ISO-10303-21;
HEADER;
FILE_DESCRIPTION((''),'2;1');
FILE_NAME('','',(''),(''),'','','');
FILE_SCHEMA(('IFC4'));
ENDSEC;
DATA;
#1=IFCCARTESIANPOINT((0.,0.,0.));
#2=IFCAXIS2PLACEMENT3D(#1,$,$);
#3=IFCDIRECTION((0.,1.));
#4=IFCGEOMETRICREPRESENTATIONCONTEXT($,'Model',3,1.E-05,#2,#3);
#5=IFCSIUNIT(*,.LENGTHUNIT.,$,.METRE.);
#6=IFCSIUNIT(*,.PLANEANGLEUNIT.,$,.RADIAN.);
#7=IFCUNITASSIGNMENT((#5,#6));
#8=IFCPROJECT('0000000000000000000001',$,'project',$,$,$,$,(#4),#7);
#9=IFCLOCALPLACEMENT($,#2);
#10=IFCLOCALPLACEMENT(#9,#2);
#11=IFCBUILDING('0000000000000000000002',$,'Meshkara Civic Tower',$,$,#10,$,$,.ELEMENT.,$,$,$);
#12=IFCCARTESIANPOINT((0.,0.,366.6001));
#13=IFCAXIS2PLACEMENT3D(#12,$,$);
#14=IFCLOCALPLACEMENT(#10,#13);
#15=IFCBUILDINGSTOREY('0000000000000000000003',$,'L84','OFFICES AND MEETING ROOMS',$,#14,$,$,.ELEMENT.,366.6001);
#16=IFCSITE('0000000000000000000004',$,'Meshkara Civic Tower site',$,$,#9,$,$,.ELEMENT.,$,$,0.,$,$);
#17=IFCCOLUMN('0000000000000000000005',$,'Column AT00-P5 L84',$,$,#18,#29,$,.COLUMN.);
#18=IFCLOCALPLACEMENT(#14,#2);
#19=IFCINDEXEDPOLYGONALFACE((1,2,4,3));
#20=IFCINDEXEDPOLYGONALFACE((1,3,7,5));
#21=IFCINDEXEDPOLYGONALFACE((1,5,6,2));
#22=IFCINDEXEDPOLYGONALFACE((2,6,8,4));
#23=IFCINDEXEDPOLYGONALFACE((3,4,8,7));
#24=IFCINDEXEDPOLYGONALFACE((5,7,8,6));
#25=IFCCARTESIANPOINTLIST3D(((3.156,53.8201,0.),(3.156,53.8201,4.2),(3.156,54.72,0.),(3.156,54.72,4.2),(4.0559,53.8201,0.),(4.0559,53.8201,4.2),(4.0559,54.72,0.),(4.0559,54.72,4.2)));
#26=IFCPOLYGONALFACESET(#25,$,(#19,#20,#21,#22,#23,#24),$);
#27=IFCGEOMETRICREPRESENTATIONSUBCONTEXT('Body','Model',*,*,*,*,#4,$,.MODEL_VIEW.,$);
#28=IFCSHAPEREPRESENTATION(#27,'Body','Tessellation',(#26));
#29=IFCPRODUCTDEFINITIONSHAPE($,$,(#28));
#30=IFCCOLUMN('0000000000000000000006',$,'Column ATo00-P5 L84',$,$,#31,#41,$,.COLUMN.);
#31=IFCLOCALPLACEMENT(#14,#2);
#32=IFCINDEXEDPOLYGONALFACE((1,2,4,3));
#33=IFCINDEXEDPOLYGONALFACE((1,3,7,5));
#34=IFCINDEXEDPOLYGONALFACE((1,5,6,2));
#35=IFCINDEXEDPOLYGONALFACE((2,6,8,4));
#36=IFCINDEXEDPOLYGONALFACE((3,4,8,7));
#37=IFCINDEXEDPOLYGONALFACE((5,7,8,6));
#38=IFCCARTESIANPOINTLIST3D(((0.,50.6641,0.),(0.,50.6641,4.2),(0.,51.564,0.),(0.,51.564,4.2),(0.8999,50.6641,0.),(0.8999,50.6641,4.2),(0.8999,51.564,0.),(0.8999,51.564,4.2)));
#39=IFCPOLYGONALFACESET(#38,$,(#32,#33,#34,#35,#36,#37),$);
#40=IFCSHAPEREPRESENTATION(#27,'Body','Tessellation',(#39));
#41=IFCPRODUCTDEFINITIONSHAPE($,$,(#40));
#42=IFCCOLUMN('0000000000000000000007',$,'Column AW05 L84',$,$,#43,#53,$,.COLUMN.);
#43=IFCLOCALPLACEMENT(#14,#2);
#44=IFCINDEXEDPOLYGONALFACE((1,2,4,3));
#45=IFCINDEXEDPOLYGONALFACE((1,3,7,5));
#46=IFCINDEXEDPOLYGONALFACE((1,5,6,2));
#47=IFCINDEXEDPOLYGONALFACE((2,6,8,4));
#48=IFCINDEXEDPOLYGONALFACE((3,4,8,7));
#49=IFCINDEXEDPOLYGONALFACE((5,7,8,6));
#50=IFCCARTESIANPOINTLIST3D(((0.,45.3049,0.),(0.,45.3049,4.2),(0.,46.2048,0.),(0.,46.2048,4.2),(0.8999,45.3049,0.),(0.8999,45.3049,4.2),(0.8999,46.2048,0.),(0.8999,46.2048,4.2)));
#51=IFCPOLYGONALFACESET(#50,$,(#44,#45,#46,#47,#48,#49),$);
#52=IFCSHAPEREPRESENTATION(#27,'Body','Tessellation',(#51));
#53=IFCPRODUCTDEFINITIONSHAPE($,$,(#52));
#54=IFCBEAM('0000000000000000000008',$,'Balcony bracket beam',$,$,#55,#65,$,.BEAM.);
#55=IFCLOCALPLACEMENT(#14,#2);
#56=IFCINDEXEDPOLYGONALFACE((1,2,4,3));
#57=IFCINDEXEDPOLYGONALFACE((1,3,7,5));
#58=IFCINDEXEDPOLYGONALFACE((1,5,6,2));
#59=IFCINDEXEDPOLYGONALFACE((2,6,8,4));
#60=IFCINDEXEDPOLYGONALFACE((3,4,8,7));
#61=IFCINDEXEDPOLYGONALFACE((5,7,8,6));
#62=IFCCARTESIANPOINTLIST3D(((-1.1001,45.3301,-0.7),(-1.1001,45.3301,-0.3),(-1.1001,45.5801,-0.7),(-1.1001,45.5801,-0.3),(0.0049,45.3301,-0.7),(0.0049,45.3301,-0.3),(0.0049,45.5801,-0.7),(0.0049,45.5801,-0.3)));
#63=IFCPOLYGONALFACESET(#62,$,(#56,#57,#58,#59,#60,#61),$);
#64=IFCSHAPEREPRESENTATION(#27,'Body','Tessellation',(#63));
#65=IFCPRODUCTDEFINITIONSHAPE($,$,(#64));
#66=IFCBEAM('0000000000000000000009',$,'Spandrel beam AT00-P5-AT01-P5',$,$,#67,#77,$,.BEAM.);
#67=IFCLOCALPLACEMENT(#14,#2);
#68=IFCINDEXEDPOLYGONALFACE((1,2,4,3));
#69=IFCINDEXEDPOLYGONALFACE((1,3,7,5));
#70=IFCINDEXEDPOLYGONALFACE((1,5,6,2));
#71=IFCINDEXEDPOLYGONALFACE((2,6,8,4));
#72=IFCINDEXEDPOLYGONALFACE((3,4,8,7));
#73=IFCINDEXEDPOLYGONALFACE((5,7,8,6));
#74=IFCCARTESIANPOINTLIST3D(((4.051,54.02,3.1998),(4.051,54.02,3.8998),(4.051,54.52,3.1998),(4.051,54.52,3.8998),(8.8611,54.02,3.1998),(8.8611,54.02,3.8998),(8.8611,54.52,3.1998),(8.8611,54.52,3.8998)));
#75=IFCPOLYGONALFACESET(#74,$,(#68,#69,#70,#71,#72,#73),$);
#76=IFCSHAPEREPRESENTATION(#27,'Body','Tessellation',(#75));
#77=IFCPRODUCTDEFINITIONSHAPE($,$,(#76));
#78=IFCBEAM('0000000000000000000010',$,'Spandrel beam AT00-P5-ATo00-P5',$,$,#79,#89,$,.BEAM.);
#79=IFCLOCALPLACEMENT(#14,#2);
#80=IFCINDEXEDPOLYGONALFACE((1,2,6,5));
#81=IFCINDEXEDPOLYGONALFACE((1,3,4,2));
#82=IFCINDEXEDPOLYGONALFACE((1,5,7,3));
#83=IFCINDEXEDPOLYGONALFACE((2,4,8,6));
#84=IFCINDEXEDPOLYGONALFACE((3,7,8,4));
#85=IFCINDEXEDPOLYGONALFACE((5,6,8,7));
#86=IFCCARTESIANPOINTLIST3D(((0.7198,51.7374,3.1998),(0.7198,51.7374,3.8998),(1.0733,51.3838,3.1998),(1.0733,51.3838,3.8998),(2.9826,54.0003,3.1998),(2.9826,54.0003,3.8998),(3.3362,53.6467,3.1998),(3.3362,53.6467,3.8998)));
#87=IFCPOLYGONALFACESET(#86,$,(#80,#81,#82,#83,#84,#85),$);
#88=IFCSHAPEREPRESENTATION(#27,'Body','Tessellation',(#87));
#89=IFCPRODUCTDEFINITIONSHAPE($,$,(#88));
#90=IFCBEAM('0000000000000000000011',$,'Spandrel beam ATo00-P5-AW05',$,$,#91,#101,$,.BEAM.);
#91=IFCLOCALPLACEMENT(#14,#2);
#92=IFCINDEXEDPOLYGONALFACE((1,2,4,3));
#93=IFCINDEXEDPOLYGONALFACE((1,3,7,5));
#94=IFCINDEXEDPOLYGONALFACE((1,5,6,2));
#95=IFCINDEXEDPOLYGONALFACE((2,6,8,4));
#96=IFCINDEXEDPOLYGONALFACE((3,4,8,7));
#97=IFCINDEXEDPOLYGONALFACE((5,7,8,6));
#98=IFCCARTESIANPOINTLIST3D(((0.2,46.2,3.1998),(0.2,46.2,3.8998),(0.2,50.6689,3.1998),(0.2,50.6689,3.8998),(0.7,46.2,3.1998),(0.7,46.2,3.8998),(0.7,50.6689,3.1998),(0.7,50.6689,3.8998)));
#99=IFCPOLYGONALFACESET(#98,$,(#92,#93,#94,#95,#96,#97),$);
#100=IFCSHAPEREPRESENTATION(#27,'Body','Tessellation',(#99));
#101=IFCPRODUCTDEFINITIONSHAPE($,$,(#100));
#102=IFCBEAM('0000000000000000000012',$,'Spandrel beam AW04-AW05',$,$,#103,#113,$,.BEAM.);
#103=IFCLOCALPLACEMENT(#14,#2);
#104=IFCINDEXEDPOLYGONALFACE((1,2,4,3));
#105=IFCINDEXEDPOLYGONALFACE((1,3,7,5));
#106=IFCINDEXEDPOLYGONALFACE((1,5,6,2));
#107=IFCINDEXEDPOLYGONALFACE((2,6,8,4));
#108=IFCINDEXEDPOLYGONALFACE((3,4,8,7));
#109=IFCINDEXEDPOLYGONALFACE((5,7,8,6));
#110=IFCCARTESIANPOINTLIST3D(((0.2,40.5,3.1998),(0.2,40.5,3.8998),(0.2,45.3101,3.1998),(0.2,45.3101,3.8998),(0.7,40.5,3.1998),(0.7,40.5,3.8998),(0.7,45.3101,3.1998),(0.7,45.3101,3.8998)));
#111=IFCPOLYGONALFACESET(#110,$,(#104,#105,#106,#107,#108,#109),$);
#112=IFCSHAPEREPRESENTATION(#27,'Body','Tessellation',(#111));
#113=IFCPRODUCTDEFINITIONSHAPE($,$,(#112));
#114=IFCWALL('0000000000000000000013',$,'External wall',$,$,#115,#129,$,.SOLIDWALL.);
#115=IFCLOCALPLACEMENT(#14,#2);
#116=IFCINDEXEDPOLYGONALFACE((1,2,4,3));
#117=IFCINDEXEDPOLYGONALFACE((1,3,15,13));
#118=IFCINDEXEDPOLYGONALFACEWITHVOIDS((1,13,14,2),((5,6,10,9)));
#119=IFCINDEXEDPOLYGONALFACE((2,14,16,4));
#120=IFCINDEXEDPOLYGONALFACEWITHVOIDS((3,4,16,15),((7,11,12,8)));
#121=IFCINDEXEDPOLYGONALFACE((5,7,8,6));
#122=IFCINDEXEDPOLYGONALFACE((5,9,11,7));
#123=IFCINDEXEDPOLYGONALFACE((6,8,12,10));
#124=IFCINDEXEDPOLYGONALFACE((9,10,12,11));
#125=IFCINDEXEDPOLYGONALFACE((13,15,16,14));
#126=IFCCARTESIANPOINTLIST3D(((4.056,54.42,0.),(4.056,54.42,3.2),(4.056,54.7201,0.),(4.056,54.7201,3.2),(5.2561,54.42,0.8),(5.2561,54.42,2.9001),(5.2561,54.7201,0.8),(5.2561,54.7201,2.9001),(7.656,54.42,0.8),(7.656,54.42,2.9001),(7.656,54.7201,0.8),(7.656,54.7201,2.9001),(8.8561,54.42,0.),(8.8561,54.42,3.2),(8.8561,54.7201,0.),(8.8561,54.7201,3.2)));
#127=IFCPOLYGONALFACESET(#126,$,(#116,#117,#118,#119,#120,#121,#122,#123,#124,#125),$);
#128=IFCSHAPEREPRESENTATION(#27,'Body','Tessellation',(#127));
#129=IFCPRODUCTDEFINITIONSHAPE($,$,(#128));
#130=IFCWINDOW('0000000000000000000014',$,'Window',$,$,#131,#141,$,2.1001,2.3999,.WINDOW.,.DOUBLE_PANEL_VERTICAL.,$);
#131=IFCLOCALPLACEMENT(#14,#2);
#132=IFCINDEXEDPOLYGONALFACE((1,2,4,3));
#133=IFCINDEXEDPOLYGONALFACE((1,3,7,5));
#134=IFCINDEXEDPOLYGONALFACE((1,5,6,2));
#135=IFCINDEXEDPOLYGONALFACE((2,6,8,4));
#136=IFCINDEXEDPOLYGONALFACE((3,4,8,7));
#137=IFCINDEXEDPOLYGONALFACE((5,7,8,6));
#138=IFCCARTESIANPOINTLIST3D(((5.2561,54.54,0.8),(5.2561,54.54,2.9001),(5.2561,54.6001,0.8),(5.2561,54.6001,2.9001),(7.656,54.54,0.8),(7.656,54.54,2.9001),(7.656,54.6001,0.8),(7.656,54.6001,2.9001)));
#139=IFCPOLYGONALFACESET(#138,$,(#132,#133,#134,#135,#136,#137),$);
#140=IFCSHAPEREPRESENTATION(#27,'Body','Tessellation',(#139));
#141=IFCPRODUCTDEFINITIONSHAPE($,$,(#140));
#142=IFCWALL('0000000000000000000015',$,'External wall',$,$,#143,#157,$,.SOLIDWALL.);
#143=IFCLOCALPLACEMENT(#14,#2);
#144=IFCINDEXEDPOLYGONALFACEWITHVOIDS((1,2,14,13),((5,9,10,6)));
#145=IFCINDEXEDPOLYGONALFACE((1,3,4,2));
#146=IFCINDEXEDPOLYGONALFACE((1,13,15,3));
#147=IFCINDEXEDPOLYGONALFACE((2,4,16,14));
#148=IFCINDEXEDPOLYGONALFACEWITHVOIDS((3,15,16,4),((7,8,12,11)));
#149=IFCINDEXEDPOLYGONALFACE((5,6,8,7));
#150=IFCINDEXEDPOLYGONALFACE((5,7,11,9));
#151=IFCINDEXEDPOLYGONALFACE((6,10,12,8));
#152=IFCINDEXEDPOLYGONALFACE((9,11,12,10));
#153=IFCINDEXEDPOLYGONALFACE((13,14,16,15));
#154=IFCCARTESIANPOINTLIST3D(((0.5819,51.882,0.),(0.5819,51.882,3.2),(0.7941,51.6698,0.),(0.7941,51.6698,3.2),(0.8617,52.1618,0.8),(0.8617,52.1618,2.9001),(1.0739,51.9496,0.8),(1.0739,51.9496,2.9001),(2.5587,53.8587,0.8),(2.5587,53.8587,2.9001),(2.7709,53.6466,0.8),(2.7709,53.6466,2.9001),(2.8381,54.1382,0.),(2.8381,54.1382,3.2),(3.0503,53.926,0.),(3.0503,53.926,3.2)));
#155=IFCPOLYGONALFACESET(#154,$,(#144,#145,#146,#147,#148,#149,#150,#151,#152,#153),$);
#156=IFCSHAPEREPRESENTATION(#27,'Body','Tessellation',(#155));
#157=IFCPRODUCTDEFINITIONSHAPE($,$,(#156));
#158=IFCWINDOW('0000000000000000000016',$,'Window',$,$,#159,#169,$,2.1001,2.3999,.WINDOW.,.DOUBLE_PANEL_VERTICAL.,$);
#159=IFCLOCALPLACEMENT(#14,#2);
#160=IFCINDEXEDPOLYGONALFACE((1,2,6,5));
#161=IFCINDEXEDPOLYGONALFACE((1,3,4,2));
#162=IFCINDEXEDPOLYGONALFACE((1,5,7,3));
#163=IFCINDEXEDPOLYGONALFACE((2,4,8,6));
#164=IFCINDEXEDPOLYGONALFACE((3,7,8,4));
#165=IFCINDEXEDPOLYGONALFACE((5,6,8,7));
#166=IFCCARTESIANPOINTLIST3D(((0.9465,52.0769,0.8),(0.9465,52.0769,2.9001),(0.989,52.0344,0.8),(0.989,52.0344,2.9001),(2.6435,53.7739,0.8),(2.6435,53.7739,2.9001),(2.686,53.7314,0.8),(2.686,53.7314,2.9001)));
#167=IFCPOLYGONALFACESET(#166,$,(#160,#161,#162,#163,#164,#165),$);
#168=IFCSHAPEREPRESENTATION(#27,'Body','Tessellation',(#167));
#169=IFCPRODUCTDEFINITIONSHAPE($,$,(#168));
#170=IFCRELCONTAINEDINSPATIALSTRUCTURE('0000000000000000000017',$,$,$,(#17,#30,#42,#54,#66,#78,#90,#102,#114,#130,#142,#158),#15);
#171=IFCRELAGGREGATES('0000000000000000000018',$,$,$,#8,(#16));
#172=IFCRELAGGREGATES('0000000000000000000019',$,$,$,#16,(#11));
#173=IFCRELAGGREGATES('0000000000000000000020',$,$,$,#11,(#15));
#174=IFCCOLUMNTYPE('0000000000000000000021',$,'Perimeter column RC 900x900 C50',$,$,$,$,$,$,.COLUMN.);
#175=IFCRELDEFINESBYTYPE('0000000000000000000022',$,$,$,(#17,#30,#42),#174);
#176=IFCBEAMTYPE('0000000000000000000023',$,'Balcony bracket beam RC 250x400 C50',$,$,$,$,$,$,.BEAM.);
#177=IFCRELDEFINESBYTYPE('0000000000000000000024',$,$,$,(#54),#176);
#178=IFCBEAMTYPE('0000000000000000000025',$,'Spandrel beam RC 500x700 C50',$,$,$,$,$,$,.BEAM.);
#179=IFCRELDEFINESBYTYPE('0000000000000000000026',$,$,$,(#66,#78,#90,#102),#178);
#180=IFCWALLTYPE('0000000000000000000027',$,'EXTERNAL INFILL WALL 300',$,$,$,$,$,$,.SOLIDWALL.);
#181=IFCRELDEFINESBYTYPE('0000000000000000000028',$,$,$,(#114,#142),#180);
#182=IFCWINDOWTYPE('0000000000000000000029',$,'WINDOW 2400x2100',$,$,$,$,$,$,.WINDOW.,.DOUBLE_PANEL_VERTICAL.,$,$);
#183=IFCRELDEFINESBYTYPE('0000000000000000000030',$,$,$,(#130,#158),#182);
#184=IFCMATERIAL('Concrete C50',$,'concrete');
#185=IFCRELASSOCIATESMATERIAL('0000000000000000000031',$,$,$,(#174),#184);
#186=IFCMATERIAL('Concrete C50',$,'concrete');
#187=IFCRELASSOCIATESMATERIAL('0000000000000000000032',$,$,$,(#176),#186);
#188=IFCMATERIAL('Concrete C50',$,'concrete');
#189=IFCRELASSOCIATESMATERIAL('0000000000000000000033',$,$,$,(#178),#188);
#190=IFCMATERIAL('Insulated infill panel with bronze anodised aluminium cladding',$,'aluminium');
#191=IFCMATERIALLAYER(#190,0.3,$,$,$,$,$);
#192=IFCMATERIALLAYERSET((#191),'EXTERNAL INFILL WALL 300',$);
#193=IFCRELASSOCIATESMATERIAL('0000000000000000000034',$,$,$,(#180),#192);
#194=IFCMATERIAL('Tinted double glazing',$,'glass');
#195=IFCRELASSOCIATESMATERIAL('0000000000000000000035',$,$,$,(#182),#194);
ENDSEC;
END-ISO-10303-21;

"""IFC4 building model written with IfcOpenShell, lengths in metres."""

from ifc_helpers import new_model, si_unit, direction, frame, frame_2d, origin, origin_2d, place, context, subcontext, project, spatial, rectangle, extrude, material, layer, layer_set, material_profile, profile_set, type_object, element, fill, save


model = new_model("IFC4")

# Units and contexts
model_context = context("Model", 3, precision=1e-05, world=origin(), true_north=direction((0.0, 1.0)))
body_context = subcontext(model_context, "Body", "Model", "MODEL_VIEW")
ifc_project = project(units=[si_unit("LENGTHUNIT", "METRE"), si_unit("PLANEANGLEUNIT", "RADIAN")], contexts=[model_context])

# Site, building, storey
site_placement = place(None, origin())
site = spatial("IfcSite", under=ifc_project, at=site_placement, Name="Meshkara Civic Tower site", CompositionType="ELEMENT", RefElevation=0.0)
building_placement = place(site_placement, origin())
building = spatial("IfcBuilding", under=site, at=building_placement, Name="Meshkara Civic Tower", CompositionType="ELEMENT")
storey_placement = place(building_placement, frame((0.0, 0.0, 366.6001)))
storey = spatial("IfcBuildingStorey", under=building, at=storey_placement, Name="L84", Description="OFFICES AND MEETING ROOMS", CompositionType="ELEMENT", Elevation=366.6001)

# Columns
ifc_material_1 = material(Name="Concrete C50", Category="concrete")
ifc_material_profile_1 = material_profile(ifc_material_1, rectangle(XDim=0.8999, YDim=0.8999, at=origin_2d()))
ifc_profile_set_1 = profile_set([ifc_material_profile_1], Name="Concrete C50")
column_type = type_object("IfcColumnType", Name="Perimeter column RC 900x900 C50", PredefinedType="COLUMN", material=ifc_profile_set_1)
for number, where, z_axis, x_axis, name in (
    (1, (3.606, 54.27, 0.0), (0.0, 0.0, 1.0), (1.0, 0.0, 0.0), "Column AT00-P5 L84"),
    (2, (0.45, 51.114, 0.0), (0.0, 0.0, 1.0), (1.0, 0.0, 0.0), "Column ATo00-P5 L84"),
    (3, (0.45, 45.7549, 0.0), (0.0, 0.0, 1.0), (1.0, 0.0, 0.0), "Column AW05 L84"),
):
    element("IfcColumn", number, at=place(storey_placement, frame(where, z_axis=z_axis, x_axis=x_axis)), inside=storey, type_object=column_type, Name=name, PredefinedType="COLUMN", context=body_context, shape_type="SweptSolid", body=[
        extrude(rectangle(XDim=0.8999, YDim=0.8999, at=origin_2d()), origin(), (0.0, 0.0, 1.0), 4.2),
    ])

# Beams
ifc_material_2 = material(Name="Concrete C50", Category="concrete")
ifc_material_profile_2 = material_profile(ifc_material_2, rectangle(XDim=0.25, YDim=0.3999, at=origin_2d()))
ifc_profile_set_2 = profile_set([ifc_material_profile_2], Name="Concrete C50")
beam_type_1 = type_object("IfcBeamType", Name="Balcony bracket beam RC 250x400 C50", PredefinedType="BEAM", material=ifc_profile_set_2)
beam_1_placement = place(storey_placement, frame((0.0049, 45.4551, -0.5), z_axis=(-1.0, 0.0, 0.0), x_axis=(0.0, -1.0, 0.0)))
element("IfcBeam", 4, at=beam_1_placement, inside=storey, type_object=beam_type_1, Name="Balcony bracket beam", PredefinedType="BEAM", context=body_context, shape_type="SweptSolid", body=[
    extrude(rectangle(XDim=0.25, YDim=0.3999, at=origin_2d()), origin(), (0.0, 0.0, 1.0), 1.105),
])
ifc_material_3 = material(Name="Concrete C50", Category="concrete")
ifc_material_profile_3 = material_profile(ifc_material_3, rectangle(XDim=0.5, YDim=0.7, at=origin_2d()))
ifc_profile_set_3 = profile_set([ifc_material_profile_3], Name="Concrete C50")
beam_type_2 = type_object("IfcBeamType", Name="Spandrel beam RC 500x700 C50", PredefinedType="BEAM", material=ifc_profile_set_3)
beam_2_placement = place(storey_placement, frame((8.8611, 54.27, 3.5498), z_axis=(-1.0, 0.0, 0.0), x_axis=(0.0, -1.0, 0.0)))
element("IfcBeam", 5, at=beam_2_placement, inside=storey, type_object=beam_type_2, Name="Spandrel beam AT00-P5-AT01-P5", PredefinedType="BEAM", context=body_context, shape_type="SweptSolid", body=[
    extrude(rectangle(XDim=0.5, YDim=0.7, at=origin_2d()), origin(), (0.0, 0.0, 1.0), 4.8101),
])
beam_3_placement = place(storey_placement, frame((3.1594, 53.8235, 3.5498), z_axis=(-0.707107, -0.707107, 0.0), x_axis=(0.707107, -0.707107, 0.0)))
element("IfcBeam", 6, at=beam_3_placement, inside=storey, type_object=beam_type_2, Name="Spandrel beam AT00-P5-ATo00-P5", PredefinedType="BEAM", context=body_context, shape_type="SweptSolid", body=[
    extrude(rectangle(XDim=0.5, YDim=0.7, at=origin_2d()), origin(), (0.0, 0.0, 1.0), 3.2002),
])
beam_4_placement = place(storey_placement, frame((0.45, 50.6689, 3.5498), z_axis=(0.0, -1.0, 0.0), x_axis=(1.0, 0.0, 0.0)))
element("IfcBeam", 7, at=beam_4_placement, inside=storey, type_object=beam_type_2, Name="Spandrel beam ATo00-P5-AW05", PredefinedType="BEAM", context=body_context, shape_type="SweptSolid", body=[
    extrude(rectangle(XDim=0.5, YDim=0.7, at=origin_2d()), origin(), (0.0, 0.0, 1.0), 4.469),
])
beam_5_placement = place(storey_placement, frame((0.45, 45.3101, 3.5498), z_axis=(0.0, -1.0, 0.0), x_axis=(1.0, 0.0, 0.0)))
element("IfcBeam", 8, at=beam_5_placement, inside=storey, type_object=beam_type_2, Name="Spandrel beam AW04-AW05", PredefinedType="BEAM", context=body_context, shape_type="SweptSolid", body=[
    extrude(rectangle(XDim=0.5, YDim=0.7, at=origin_2d()), origin(), (0.0, 0.0, 1.0), 4.8101),
])

# Walls, openings, windows
ifc_material_4 = material(Name="Insulated infill panel with bronze anodised aluminium cladding", Category="aluminium")
ifc_layer_1 = layer(ifc_material_4, 0.3)
ifc_layer_set_1 = layer_set([ifc_layer_1], Name="EXTERNAL INFILL WALL 300")
wall_type_1 = type_object("IfcWallType", Name="EXTERNAL INFILL WALL 300", PredefinedType="SOLIDWALL", material=ifc_layer_set_1)
wall_1_placement = place(storey_placement, frame((8.856, 54.5701, 0.0), z_axis=(0.0, 0.0, 1.0), x_axis=(-1.0, 0.0, 0.0)))
wall_1 = element("IfcWall", 9, at=wall_1_placement, inside=storey, type_object=wall_type_1, Name="External wall", PredefinedType="SOLIDWALL", context=body_context, shape_type="SweptSolid", body=[
    extrude(rectangle(XDim=4.8, YDim=0.3, at=frame_2d((2.3999, 0.0))), origin(), (0.0, 0.0, 1.0), 3.2),
])
opening_1_placement = place(wall_1_placement, frame((1.2, 0.0, 0.8)))
opening_1 = element("IfcOpeningElement", 10, at=opening_1_placement, cuts=wall_1, PredefinedType="OPENING", context=body_context, shape_type="SweptSolid", body=[
    extrude(rectangle(XDim=2.3999, YDim=2.1001, at=frame_2d((1.2, 1.05))), frame((0.0, 0.1599, 0.0), z_axis=(0.0, -1.0, 0.0), x_axis=(1.0, 0.0, 0.0)), (0.0, 0.0, 1.0), 0.3201),
])
ifc_material_5 = material(Name="Tinted double glazing", Category="glass")
window_type = type_object("IfcWindowType", Name="WINDOW 2400x2100", PartitioningType="DOUBLE_PANEL_VERTICAL", PredefinedType="WINDOW", material=ifc_material_5)
window_1_placement = place(opening_1_placement, origin())
window_1 = element("IfcWindow", 11, at=window_1_placement, inside=storey, type_object=window_type, Name="Window", OverallHeight=2.1001, OverallWidth=2.3999, PartitioningType="DOUBLE_PANEL_VERTICAL", PredefinedType="WINDOW", context=body_context, shape_type="SweptSolid", body=[
    extrude(rectangle(XDim=2.3999, YDim=2.1001, at=frame_2d((1.2, 1.05))), frame((0.0, 0.03, 0.0), z_axis=(0.0, -1.0, 0.0), x_axis=(1.0, 0.0, 0.0)), (0.0, 0.0, 1.0), 0.0601),
])
fill(opening_1, window_1)
wall_2_placement = place(storey_placement, frame((2.9441, 54.032, 0.0), z_axis=(0.0, 0.0, 1.0), x_axis=(-0.707107, -0.707107, 0.0)))
wall_2 = element("IfcWall", 12, at=wall_2_placement, inside=storey, type_object=wall_type_1, Name="External wall", PredefinedType="SOLIDWALL", context=body_context, shape_type="SweptSolid", body=[
    extrude(rectangle(XDim=3.1907, YDim=0.3, at=frame_2d((1.5952, 0.0))), origin(), (0.0, 0.0, 1.0), 3.2),
])
opening_2_placement = place(wall_2_placement, frame((0.395, 0.0, 0.8)))
opening_2 = element("IfcOpeningElement", 13, at=opening_2_placement, cuts=wall_2, PredefinedType="OPENING", context=body_context, shape_type="SweptSolid", body=[
    extrude(rectangle(XDim=2.3999, YDim=2.1001, at=frame_2d((1.2, 1.05))), frame((0.0, 0.1599, 0.0), z_axis=(0.0, -1.0, 0.0), x_axis=(1.0, 0.0, 0.0)), (0.0, 0.0, 1.0), 0.3201),
])
window_2_placement = place(opening_2_placement, origin())
window_2 = element("IfcWindow", 14, at=window_2_placement, inside=storey, type_object=window_type, Name="Window", OverallHeight=2.1001, OverallWidth=2.3999, PartitioningType="DOUBLE_PANEL_VERTICAL", PredefinedType="WINDOW", context=body_context, shape_type="SweptSolid", body=[
    extrude(rectangle(XDim=2.3999, YDim=2.1001, at=frame_2d((1.2, 1.05))), frame((0.0, 0.03, 0.0), z_axis=(0.0, -1.0, 0.0), x_axis=(1.0, 0.0, 0.0)), (0.0, 0.0, 1.0), 0.0601),
])
fill(opening_2, window_2)

save(model, "model.ifc")
